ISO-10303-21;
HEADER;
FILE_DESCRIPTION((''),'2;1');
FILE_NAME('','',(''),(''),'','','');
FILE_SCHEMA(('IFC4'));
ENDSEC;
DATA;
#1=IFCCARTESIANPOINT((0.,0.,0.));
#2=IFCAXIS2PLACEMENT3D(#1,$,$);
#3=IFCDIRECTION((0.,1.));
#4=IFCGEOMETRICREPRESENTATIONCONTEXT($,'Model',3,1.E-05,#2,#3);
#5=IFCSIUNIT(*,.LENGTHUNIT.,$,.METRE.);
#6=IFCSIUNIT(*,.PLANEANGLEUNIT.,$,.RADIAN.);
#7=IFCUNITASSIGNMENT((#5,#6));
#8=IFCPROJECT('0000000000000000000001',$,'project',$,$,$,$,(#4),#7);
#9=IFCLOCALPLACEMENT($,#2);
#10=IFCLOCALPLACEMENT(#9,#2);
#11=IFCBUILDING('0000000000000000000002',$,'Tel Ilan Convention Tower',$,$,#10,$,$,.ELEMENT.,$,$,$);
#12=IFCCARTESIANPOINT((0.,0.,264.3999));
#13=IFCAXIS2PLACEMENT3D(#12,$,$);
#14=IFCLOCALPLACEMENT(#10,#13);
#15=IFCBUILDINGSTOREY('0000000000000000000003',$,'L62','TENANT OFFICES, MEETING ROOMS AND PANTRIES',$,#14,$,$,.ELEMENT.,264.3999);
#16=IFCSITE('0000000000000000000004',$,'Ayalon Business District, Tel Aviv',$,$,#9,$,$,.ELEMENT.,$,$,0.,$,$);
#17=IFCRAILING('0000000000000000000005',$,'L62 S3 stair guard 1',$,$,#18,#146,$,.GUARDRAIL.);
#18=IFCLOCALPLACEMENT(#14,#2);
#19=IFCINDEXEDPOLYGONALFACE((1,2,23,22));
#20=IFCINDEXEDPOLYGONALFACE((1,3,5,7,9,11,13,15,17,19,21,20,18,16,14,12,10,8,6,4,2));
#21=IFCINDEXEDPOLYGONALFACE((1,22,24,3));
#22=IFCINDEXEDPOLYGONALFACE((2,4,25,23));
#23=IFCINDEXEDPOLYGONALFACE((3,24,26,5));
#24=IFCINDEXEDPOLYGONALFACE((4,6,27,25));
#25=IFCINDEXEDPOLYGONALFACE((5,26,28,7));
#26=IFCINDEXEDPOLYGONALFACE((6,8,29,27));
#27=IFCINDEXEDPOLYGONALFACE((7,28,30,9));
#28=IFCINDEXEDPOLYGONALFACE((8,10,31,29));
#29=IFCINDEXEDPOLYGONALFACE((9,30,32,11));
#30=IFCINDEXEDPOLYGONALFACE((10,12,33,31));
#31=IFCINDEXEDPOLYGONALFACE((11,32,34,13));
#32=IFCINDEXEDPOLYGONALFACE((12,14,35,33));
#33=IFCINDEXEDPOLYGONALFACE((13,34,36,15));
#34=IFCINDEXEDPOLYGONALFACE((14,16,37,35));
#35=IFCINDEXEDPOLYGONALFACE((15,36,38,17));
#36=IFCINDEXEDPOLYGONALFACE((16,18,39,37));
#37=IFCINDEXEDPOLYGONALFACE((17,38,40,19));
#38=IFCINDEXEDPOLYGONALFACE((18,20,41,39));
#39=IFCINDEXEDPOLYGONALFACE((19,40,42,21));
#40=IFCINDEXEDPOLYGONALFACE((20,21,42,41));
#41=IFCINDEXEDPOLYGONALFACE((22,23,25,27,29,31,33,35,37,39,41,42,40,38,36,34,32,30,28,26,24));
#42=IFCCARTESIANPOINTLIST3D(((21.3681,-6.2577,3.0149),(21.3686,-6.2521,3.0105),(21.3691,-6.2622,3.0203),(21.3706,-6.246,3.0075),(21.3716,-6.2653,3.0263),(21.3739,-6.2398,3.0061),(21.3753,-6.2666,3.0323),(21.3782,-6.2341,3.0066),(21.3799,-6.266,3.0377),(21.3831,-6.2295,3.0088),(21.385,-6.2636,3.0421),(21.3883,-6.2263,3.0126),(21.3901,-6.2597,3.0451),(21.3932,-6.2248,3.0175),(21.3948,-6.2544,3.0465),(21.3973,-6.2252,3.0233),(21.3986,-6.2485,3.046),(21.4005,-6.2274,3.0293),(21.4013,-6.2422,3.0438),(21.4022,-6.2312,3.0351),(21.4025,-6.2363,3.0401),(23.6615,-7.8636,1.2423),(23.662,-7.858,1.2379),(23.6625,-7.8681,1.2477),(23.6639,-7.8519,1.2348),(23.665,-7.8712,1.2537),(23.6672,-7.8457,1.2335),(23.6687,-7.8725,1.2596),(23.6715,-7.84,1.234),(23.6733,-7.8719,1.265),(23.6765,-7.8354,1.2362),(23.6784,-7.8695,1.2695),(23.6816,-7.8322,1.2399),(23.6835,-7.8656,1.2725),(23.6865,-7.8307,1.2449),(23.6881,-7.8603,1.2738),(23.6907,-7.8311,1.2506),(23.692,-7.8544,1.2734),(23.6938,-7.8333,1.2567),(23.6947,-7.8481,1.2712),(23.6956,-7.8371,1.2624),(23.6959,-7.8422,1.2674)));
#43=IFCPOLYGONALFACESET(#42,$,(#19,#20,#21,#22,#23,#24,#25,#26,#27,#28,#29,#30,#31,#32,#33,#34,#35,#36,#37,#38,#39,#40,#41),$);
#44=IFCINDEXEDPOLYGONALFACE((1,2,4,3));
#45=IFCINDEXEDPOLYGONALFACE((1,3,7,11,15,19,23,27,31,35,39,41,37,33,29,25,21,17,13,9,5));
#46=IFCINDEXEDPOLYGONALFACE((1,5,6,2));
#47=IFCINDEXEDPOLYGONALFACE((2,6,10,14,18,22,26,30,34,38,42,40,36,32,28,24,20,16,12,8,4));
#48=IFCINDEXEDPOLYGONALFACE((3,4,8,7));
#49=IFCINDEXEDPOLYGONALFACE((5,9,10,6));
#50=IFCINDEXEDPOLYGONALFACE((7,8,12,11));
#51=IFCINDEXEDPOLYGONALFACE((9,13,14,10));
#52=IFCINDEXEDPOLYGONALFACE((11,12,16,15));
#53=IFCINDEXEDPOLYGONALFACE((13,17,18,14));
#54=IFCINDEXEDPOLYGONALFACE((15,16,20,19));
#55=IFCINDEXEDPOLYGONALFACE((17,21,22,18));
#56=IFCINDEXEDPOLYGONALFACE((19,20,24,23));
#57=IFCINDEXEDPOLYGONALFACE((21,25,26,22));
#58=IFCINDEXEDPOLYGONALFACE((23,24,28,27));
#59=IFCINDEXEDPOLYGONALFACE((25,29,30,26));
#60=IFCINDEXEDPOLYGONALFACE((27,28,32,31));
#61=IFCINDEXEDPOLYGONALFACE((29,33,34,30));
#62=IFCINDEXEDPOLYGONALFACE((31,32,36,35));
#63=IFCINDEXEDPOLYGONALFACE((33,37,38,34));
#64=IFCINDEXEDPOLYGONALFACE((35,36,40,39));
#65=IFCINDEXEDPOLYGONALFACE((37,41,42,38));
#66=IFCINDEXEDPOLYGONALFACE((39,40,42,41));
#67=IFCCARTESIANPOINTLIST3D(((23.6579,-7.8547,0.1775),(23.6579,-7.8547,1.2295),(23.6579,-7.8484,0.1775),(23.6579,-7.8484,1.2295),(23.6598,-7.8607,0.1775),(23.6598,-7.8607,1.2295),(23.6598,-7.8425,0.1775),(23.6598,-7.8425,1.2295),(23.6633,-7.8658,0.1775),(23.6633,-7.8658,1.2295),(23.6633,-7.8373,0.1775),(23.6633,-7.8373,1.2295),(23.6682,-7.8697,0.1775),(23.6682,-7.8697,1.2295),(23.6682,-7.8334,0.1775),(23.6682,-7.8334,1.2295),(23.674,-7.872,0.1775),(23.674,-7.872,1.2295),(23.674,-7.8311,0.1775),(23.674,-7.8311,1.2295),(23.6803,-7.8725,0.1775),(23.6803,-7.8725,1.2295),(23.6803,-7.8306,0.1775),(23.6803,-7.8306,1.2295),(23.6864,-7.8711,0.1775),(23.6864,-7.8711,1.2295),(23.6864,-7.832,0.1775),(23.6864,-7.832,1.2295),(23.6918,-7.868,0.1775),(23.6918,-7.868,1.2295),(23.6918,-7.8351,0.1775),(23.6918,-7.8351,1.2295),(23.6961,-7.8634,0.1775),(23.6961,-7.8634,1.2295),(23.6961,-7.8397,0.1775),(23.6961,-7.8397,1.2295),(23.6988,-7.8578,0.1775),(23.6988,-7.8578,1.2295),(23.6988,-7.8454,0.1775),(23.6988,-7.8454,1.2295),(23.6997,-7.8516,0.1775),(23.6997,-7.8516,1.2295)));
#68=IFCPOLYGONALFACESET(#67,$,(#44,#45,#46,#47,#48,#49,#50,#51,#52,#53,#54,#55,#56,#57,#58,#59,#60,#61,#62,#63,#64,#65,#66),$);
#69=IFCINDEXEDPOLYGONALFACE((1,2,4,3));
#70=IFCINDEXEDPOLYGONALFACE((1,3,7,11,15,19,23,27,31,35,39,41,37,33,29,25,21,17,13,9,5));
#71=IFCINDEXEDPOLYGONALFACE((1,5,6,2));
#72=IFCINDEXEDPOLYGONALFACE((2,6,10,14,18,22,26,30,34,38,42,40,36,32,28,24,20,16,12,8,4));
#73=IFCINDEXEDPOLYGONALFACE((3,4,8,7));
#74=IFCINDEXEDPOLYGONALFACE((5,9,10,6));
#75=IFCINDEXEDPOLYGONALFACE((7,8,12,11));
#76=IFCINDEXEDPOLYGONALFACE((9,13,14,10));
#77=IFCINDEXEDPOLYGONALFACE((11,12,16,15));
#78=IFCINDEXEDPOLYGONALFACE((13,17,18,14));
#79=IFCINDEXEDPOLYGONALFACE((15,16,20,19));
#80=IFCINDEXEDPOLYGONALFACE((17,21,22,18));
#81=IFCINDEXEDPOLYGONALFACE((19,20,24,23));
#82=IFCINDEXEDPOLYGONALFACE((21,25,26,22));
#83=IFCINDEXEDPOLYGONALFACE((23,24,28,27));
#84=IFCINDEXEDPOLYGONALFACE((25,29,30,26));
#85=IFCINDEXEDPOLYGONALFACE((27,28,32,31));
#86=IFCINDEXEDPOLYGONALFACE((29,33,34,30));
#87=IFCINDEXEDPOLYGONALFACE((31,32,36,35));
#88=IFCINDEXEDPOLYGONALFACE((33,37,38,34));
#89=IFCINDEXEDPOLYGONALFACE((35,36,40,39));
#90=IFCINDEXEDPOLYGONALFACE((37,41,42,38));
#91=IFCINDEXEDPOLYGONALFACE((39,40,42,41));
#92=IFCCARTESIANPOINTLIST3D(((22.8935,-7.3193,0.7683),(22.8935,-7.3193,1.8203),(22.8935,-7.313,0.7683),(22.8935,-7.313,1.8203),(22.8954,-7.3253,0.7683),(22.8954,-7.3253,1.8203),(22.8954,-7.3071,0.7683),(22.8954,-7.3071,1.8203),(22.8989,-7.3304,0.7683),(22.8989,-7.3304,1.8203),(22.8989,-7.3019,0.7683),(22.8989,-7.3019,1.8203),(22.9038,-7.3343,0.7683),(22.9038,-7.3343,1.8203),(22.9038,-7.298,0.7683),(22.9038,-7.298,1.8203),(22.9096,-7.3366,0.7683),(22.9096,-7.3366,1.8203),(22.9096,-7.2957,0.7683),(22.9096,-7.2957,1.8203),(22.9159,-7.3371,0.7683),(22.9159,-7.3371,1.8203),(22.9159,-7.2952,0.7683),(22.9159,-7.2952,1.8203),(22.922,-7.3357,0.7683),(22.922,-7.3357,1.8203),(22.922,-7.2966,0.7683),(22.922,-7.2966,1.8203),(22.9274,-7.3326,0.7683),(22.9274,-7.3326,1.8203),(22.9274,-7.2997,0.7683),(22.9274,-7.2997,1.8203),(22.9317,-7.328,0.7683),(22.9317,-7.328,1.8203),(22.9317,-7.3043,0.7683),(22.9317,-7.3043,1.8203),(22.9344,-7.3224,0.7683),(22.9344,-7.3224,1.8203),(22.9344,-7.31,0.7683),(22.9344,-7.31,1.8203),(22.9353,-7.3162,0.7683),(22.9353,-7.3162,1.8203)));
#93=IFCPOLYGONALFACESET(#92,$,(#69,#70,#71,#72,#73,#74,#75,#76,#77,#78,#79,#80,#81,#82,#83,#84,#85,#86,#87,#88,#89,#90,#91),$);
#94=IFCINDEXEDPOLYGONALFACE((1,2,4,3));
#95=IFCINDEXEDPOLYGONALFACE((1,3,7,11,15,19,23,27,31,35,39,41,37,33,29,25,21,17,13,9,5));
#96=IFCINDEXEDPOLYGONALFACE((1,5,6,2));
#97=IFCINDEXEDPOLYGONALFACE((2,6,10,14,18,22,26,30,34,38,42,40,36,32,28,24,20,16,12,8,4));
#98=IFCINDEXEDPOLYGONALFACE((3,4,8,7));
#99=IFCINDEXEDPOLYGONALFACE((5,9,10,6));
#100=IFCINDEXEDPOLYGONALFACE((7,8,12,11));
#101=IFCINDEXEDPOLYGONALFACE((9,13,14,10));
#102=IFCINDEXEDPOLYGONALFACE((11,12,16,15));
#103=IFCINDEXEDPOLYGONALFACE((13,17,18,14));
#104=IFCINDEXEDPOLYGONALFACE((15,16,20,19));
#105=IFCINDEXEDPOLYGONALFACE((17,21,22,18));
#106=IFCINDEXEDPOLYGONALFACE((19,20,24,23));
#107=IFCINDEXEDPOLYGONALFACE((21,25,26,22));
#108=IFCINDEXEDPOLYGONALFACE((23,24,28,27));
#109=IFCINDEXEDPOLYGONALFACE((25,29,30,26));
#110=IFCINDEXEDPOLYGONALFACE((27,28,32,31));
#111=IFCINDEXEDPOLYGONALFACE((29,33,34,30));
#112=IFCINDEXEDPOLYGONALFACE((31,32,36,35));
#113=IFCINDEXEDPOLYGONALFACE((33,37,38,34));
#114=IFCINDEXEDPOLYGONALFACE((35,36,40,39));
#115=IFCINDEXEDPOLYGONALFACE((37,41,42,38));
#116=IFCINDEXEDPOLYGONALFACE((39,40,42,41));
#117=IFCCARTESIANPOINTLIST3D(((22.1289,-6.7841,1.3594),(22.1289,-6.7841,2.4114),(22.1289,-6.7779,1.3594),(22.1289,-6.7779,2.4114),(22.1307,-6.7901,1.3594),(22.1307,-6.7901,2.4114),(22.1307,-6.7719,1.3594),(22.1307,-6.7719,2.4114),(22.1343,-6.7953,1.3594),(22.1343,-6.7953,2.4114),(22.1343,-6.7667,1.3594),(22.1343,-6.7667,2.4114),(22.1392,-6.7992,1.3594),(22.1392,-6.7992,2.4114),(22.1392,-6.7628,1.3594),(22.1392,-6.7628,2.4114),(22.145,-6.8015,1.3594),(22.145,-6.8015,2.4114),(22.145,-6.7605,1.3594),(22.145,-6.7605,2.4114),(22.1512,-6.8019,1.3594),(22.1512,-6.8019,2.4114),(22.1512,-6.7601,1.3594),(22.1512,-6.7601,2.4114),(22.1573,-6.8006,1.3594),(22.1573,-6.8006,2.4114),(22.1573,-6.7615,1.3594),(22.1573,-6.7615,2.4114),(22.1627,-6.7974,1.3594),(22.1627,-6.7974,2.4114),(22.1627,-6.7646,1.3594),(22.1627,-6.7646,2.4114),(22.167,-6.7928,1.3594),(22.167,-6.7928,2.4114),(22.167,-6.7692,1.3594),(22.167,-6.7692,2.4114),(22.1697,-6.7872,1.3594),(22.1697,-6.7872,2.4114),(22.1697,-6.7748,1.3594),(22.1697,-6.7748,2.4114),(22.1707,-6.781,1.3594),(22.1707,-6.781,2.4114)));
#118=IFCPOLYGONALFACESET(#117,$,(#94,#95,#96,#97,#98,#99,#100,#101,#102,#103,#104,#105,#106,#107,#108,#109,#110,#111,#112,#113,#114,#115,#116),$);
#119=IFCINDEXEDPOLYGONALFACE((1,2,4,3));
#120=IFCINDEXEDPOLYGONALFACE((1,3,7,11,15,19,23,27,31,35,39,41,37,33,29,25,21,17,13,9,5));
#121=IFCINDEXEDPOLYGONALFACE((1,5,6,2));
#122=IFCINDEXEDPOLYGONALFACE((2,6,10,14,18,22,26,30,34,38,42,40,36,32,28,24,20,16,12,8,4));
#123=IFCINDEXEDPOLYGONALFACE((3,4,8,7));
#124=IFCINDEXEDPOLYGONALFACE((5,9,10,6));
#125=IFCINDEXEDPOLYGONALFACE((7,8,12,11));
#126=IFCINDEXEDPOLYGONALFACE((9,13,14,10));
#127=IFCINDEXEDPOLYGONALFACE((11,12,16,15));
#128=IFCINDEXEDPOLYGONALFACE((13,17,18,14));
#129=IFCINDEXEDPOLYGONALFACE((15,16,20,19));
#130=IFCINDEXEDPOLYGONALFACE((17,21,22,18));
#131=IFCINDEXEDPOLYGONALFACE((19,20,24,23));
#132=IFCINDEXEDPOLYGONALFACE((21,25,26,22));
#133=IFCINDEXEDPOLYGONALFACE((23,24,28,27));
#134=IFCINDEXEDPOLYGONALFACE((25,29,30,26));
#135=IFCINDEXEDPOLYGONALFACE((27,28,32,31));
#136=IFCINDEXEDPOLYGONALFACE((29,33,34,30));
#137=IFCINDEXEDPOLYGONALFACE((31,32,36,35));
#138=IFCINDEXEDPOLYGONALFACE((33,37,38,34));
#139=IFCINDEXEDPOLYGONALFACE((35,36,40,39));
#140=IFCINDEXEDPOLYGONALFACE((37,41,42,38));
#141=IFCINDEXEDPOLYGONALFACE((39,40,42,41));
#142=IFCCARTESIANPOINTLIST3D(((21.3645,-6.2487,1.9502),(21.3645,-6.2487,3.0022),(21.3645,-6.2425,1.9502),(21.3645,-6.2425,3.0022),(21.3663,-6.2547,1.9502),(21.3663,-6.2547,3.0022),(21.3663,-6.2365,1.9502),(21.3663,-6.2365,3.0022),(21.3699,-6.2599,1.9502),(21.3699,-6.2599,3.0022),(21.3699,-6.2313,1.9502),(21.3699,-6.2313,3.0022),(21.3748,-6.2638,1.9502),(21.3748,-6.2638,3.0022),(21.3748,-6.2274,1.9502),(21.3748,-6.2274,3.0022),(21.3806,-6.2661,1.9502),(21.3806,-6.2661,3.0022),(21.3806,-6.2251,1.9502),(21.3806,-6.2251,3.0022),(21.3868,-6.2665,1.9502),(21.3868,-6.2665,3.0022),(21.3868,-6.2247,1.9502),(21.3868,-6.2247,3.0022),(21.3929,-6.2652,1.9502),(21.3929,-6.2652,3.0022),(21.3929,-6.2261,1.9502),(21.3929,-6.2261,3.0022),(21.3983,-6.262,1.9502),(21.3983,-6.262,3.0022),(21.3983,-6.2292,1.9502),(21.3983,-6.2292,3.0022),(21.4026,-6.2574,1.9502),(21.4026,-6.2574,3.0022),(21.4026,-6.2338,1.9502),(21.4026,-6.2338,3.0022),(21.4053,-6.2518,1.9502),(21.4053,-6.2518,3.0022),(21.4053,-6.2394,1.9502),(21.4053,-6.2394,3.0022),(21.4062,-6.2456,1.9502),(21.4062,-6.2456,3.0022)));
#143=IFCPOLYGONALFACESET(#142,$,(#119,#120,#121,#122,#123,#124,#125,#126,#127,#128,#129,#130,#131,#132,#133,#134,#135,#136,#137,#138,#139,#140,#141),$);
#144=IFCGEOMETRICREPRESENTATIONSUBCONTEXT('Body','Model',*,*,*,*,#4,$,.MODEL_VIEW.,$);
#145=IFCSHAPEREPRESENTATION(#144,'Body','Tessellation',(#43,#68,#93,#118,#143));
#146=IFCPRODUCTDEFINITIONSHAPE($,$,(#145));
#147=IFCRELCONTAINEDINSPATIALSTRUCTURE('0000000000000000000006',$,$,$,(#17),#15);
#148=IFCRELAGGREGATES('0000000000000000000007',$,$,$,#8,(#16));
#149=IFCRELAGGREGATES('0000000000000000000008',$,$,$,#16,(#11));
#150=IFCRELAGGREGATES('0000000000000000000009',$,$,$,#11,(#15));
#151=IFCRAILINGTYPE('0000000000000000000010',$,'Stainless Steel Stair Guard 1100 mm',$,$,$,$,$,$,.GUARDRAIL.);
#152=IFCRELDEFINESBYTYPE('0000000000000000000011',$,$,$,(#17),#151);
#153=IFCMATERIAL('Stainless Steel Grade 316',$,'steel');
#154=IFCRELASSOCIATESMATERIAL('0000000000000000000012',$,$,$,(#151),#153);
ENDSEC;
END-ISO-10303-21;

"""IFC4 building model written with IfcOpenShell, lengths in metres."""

from ifc_helpers import new_model, si_unit, direction, frame, origin, origin_2d, place, context, subcontext, project, spatial, circle, extrude, material, type_object, element, save


model = new_model("IFC4")

# Units and contexts
model_context = context("Model", 3, precision=1e-05, world=origin(), true_north=direction((0.0, 1.0)))
body_context = subcontext(model_context, "Body", "Model", "MODEL_VIEW")
ifc_project = project(units=[si_unit("LENGTHUNIT", "METRE"), si_unit("PLANEANGLEUNIT", "RADIAN")], contexts=[model_context])

# Site, building, storey
site_placement = place(None, origin())
site = spatial("IfcSite", under=ifc_project, at=site_placement, Name="Ayalon Business District, Tel Aviv", CompositionType="ELEMENT", RefElevation=0.0)
building_placement = place(site_placement, origin())
building = spatial("IfcBuilding", under=site, at=building_placement, Name="Tel Ilan Convention Tower", CompositionType="ELEMENT")
storey_placement = place(building_placement, frame((0.0, 0.0, 264.3999)))
storey = spatial("IfcBuildingStorey", under=building, at=storey_placement, Name="L62", Description="TENANT OFFICES, MEETING ROOMS AND PANTRIES", CompositionType="ELEMENT", Elevation=264.3999)

# Railing
ifc_material_1 = material(Name="Stainless Steel Grade 316", Category="steel")
railing_type_1 = type_object("IfcRailingType", Name="Stainless Steel Stair Guard 1100 mm", PredefinedType="GUARDRAIL", material=ifc_material_1)
railing_1_placement = place(storey_placement, frame((23.6787, -7.8516, 0.1775)))
element("IfcRailing", 1, at=railing_1_placement, inside=storey, type_object=railing_type_1, Name="L62 S3 stair guard 1", PredefinedType="GUARDRAIL", context=body_context, shape_type="SweptSolid", body=[
    extrude(circle(Radius=0.0239, at=origin_2d()), frame((0.0, 0.0, 1.0762), z_axis=(-0.692085, 0.484621, 0.53494), x_axis=(-0.573591, -0.819142, 0.0)), (0.0, 0.0, 1.0), 3.3137),
    extrude(circle(Radius=0.021, at=origin_2d()), origin(), (0.0, 0.0, 1.0), 1.052),
    extrude(circle(Radius=0.021, at=origin_2d()), frame((-0.7644, 0.5354, 0.5908)), (0.0, 0.0, 1.0), 1.052),
    extrude(circle(Radius=0.021, at=origin_2d()), frame((-1.5291, 1.0706, 1.1819)), (0.0, 0.0, 1.0), 1.052),
    extrude(circle(Radius=0.021, at=origin_2d()), frame((-2.2935, 1.606, 1.7727)), (0.0, 0.0, 1.0), 1.052),
])

save(model, "model.ifc")
